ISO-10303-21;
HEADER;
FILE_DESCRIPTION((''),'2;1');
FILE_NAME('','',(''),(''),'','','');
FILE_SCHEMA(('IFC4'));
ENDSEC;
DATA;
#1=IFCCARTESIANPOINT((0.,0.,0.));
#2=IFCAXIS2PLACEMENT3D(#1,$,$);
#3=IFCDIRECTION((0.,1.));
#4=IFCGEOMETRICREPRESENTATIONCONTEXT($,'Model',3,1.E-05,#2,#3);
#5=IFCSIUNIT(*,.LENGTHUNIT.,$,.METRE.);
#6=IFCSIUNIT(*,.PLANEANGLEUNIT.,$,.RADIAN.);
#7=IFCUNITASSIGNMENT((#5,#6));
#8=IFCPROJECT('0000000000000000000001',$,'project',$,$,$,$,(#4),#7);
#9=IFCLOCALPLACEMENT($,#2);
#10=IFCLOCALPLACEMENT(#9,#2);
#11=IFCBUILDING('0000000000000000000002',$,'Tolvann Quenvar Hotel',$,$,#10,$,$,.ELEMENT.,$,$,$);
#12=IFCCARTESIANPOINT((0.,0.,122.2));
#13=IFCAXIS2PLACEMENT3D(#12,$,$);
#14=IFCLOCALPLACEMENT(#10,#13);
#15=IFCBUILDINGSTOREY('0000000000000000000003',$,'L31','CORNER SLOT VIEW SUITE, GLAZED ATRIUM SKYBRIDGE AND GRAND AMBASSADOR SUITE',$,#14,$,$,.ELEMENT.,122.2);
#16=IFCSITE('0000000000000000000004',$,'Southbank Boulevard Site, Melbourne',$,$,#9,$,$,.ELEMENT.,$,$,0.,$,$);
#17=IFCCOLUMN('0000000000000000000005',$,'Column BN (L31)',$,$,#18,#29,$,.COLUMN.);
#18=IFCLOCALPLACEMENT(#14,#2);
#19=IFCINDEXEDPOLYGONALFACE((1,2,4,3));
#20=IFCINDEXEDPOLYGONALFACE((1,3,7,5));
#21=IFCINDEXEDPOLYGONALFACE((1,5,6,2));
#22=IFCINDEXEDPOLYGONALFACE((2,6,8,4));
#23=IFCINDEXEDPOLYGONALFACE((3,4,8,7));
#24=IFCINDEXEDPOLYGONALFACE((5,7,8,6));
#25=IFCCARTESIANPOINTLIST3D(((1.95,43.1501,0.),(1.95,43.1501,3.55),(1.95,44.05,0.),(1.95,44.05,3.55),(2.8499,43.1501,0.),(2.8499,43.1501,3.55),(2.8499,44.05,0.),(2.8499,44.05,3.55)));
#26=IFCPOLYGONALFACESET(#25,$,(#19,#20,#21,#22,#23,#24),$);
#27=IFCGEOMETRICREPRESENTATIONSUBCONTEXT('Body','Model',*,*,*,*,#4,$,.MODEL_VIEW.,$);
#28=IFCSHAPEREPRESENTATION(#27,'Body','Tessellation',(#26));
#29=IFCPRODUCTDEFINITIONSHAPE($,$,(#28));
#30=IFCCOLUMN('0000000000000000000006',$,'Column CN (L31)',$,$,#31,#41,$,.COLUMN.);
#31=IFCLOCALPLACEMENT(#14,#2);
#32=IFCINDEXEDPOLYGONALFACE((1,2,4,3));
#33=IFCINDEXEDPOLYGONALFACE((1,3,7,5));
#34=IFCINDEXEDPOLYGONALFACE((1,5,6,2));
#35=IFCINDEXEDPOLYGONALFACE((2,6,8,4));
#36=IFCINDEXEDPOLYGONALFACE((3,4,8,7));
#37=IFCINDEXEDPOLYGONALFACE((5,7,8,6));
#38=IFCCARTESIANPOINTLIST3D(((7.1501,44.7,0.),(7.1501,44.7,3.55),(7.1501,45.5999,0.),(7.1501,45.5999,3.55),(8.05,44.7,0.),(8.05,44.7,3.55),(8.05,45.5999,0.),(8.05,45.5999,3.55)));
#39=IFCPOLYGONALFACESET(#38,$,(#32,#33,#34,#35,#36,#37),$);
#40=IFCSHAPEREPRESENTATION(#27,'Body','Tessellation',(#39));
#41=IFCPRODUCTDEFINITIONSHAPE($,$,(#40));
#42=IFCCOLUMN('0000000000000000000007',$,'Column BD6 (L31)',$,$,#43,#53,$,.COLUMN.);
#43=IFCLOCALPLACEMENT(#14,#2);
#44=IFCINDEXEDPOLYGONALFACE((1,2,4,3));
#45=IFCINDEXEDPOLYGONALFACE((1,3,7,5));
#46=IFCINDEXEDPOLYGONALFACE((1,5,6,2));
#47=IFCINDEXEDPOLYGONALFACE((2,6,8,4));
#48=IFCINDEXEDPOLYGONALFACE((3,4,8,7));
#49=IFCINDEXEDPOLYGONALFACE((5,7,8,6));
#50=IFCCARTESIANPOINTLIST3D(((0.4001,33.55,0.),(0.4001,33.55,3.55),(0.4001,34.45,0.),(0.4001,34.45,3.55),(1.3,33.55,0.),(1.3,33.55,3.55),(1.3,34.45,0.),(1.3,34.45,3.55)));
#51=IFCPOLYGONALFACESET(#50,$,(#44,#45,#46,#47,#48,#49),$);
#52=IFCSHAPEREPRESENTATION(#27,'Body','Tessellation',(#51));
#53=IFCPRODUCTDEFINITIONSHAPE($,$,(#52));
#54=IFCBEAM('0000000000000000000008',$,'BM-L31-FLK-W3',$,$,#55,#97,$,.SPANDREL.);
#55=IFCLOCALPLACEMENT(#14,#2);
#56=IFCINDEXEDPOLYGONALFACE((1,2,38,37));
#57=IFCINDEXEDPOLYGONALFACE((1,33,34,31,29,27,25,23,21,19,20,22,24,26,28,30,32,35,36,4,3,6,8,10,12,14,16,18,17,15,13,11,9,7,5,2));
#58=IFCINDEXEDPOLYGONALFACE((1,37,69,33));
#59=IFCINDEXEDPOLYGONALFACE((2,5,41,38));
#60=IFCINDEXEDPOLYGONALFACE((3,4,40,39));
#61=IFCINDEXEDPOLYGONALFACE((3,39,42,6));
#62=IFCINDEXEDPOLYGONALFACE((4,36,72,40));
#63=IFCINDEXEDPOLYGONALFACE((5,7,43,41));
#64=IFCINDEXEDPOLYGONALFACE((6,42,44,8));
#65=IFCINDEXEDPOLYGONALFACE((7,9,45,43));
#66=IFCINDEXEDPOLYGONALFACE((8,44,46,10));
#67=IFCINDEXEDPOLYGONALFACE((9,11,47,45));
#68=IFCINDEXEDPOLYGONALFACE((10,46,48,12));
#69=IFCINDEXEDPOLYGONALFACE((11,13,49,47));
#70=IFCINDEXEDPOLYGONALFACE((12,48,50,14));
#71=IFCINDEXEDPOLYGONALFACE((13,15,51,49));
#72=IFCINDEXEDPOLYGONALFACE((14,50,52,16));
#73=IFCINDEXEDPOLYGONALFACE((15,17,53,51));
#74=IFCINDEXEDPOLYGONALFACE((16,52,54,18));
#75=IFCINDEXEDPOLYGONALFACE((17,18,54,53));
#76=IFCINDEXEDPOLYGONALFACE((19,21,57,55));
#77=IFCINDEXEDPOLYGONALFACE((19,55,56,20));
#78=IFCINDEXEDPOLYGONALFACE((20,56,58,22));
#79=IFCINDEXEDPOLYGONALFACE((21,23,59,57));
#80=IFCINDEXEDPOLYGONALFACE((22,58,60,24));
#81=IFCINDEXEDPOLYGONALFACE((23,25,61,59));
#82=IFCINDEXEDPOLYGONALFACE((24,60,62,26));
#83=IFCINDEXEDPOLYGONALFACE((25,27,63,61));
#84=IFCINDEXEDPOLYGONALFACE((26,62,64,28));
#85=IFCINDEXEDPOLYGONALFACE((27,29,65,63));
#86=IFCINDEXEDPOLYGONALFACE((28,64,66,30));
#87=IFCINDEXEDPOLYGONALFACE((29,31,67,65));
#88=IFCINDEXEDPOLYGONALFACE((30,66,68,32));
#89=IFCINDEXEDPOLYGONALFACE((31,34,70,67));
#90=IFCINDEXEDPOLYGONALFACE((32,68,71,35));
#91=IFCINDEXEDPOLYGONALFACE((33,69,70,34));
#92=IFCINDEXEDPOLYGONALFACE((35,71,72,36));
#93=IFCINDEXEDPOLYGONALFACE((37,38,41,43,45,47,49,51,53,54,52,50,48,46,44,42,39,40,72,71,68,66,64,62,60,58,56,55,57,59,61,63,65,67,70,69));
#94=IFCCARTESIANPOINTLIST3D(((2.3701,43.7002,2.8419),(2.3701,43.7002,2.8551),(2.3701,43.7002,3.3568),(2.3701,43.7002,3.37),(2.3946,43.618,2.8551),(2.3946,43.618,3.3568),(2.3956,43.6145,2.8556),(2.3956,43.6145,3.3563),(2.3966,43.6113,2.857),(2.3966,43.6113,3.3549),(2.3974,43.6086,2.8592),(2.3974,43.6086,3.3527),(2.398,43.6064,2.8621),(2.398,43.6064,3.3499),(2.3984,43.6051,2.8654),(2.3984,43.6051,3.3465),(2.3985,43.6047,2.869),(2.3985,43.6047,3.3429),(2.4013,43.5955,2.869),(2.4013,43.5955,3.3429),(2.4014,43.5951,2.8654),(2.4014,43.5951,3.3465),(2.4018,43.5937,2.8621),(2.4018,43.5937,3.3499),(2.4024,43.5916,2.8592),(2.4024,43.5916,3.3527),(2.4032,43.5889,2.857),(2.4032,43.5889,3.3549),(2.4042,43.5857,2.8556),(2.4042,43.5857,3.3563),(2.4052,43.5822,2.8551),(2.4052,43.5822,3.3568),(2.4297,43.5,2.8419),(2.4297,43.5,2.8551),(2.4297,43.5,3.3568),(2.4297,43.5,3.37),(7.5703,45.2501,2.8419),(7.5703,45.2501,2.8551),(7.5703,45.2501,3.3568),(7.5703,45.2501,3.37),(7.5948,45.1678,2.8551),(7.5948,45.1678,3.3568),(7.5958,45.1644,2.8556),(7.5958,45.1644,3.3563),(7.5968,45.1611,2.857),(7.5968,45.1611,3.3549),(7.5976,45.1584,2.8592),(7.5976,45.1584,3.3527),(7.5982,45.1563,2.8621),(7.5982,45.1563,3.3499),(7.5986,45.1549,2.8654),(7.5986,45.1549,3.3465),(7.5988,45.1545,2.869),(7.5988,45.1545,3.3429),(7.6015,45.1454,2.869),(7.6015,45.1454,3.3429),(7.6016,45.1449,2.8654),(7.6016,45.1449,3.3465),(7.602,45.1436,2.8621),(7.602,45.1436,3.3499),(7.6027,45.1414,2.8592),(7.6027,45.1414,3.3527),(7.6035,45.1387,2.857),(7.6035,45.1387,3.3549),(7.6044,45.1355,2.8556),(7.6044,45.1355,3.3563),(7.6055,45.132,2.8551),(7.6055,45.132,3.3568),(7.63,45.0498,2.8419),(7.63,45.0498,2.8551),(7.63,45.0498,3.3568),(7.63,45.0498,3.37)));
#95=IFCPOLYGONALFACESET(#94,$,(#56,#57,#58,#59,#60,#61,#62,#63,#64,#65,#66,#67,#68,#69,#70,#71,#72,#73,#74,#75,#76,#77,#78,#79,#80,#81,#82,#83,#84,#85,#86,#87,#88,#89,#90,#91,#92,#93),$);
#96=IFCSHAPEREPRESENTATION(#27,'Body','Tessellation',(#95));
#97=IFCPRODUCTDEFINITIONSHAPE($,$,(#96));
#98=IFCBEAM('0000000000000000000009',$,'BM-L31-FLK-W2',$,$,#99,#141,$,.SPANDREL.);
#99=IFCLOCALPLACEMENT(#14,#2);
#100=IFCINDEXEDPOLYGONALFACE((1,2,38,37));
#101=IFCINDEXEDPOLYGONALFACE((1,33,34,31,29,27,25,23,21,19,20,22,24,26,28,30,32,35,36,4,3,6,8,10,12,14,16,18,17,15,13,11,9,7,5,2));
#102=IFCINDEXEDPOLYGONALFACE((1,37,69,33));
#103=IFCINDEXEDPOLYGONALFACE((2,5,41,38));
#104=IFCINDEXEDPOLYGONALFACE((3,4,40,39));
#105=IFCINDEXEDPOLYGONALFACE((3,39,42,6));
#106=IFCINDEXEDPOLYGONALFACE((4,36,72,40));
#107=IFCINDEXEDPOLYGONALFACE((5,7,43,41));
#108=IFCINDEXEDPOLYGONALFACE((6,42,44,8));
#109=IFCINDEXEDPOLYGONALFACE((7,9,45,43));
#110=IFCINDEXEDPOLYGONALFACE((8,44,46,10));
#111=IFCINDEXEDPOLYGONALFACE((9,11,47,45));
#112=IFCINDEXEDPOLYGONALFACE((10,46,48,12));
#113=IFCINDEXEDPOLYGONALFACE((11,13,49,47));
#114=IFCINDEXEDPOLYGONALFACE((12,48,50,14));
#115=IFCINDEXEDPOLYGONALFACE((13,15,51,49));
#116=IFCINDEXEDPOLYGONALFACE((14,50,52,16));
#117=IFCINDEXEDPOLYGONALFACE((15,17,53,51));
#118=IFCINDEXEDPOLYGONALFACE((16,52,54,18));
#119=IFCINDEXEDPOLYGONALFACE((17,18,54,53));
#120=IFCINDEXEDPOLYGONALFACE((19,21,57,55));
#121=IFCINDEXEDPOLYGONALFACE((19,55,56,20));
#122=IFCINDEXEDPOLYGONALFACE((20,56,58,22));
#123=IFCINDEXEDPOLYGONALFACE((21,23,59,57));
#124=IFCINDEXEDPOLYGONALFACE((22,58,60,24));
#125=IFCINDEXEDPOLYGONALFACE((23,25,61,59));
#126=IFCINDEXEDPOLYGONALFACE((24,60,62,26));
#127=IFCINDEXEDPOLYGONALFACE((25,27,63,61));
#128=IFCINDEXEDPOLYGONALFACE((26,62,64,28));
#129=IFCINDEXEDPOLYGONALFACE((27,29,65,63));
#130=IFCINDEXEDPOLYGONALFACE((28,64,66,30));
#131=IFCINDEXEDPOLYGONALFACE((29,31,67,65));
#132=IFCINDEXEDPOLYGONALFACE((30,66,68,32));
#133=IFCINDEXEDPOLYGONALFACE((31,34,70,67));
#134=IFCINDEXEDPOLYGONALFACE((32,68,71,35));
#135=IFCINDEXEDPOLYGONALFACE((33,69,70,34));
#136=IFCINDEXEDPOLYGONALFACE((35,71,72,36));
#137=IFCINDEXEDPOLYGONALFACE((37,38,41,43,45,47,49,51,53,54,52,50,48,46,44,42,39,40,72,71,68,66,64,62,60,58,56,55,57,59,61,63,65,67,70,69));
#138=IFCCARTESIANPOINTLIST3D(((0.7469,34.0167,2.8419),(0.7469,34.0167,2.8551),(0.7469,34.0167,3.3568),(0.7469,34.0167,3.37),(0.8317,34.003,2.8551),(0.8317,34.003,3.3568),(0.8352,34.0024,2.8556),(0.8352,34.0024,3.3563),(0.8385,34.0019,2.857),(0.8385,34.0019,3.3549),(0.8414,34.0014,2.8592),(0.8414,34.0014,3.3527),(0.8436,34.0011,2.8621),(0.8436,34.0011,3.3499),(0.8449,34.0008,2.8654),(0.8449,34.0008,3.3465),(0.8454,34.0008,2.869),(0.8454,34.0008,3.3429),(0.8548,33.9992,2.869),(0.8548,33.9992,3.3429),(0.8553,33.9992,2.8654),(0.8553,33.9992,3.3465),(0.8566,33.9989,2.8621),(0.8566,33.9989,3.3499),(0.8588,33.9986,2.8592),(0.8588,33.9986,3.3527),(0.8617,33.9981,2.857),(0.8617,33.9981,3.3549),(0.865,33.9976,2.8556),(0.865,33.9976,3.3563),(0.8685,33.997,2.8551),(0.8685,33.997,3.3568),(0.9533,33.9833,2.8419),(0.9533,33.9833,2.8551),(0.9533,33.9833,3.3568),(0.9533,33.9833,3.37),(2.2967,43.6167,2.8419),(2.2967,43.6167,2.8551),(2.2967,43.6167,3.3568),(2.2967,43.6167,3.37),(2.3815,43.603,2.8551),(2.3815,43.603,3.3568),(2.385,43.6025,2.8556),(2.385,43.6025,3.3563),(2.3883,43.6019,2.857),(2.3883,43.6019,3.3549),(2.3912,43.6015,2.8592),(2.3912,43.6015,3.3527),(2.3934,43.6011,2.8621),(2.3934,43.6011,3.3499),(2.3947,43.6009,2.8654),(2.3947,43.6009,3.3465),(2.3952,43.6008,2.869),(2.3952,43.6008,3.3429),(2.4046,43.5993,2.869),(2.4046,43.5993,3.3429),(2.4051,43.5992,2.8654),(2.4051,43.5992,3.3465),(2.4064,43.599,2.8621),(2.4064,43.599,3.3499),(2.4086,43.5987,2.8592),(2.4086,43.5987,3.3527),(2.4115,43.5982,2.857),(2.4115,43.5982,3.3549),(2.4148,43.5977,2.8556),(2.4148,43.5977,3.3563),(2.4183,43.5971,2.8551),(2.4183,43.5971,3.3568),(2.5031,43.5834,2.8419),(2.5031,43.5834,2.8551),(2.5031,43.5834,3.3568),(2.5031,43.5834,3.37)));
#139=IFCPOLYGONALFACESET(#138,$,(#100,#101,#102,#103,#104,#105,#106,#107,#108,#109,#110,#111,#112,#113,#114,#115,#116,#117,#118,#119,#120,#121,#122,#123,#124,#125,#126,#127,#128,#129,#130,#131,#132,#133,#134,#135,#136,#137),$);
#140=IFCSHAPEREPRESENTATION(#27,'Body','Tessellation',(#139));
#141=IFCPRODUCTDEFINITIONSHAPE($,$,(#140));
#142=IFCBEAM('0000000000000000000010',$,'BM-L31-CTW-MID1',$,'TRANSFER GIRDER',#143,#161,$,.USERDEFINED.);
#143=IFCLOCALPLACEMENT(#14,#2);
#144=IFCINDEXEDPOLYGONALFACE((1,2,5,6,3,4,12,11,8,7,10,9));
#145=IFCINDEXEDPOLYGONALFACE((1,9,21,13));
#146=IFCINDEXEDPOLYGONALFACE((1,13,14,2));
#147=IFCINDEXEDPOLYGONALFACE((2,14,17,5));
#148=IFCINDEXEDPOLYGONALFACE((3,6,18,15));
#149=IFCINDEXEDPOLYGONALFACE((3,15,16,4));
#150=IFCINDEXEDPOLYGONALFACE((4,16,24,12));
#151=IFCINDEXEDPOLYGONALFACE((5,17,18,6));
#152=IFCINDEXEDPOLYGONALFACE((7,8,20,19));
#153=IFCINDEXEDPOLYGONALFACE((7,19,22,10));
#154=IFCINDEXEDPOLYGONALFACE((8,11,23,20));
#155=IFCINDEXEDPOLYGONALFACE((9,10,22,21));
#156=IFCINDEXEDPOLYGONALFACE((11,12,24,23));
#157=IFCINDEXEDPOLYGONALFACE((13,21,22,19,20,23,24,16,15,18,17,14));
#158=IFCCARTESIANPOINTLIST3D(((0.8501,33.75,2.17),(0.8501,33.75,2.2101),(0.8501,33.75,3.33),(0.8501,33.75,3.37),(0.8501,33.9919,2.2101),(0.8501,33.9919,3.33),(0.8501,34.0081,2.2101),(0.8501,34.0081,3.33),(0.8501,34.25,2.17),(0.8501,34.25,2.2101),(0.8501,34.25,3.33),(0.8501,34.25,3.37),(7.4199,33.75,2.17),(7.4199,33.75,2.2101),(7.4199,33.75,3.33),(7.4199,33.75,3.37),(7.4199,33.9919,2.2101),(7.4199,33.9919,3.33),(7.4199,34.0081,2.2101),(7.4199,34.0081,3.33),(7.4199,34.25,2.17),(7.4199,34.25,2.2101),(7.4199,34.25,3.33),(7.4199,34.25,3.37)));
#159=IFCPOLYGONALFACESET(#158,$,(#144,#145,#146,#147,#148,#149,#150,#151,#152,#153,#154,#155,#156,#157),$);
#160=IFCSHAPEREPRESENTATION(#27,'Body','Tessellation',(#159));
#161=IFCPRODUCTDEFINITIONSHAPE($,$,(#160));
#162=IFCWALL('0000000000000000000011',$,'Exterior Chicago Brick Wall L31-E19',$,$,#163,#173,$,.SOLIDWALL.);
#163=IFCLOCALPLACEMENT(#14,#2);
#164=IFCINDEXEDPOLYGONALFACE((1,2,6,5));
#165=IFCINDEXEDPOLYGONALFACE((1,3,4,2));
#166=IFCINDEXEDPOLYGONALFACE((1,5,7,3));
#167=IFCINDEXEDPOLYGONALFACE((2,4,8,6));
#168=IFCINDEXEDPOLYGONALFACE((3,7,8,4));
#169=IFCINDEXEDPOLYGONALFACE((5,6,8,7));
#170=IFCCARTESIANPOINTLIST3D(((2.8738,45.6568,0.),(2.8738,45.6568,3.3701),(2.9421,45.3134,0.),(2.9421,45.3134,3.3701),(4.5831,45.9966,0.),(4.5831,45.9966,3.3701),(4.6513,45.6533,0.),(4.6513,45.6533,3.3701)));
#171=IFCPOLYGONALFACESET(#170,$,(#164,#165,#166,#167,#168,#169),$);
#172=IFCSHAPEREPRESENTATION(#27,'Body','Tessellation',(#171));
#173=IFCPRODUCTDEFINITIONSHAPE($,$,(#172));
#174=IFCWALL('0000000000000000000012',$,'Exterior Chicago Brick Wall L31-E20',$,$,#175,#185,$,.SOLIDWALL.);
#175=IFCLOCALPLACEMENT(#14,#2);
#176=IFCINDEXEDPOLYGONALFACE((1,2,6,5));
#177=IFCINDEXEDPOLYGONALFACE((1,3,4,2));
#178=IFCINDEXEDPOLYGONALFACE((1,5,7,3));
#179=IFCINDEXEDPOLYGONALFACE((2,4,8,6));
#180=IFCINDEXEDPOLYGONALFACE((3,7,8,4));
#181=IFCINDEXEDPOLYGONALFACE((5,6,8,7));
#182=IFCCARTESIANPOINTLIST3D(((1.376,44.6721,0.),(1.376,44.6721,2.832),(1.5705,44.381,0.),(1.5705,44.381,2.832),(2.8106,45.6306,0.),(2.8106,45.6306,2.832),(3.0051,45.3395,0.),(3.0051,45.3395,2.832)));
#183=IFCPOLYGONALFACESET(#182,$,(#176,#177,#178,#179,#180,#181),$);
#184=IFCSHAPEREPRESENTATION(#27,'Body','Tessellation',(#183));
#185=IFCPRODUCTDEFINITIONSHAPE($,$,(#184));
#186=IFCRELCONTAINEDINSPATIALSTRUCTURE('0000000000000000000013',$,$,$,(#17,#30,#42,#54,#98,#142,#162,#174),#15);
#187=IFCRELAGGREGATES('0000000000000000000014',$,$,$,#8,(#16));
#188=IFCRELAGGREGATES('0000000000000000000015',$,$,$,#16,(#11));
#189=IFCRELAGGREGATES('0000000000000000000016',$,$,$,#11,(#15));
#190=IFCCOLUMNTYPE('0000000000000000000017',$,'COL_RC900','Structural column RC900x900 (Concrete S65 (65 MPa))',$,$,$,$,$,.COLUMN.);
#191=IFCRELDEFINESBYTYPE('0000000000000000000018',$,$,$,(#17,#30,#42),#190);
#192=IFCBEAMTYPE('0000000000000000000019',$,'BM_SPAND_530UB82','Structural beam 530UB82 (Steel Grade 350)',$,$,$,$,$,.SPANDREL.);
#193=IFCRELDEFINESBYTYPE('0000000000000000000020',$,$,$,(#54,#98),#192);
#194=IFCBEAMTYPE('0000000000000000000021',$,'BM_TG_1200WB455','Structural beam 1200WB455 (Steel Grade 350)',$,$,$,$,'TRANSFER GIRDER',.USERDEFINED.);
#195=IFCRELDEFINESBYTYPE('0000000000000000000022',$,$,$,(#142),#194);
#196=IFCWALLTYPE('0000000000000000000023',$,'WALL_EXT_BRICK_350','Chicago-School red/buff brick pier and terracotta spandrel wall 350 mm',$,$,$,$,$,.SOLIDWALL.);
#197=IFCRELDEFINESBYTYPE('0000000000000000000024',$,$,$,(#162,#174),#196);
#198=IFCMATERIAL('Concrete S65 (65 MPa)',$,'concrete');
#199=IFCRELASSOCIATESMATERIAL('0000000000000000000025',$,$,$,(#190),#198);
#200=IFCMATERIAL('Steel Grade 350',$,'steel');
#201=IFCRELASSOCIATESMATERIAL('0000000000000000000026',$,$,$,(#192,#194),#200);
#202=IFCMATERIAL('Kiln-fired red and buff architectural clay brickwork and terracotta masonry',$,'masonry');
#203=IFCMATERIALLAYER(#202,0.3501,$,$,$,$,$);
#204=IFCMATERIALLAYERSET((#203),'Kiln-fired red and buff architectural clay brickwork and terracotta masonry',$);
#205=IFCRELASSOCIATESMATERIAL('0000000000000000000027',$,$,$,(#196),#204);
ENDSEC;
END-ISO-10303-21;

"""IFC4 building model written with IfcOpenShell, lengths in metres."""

from ifc_helpers import new_model, si_unit, direction, frame, frame_2d, origin, origin_2d, place, context, subcontext, project, spatial, rectangle, i_section, extrude, source, transform, mapped, material, layer, layer_set, material_profile, profile_set, type_object, type_shapes, element, save


model = new_model("IFC4")

# Units and contexts
model_context = context("Model", 3, precision=1e-05, world=origin(), true_north=direction((0.0, 1.0)))
body_context = subcontext(model_context, "Body", "Model", "MODEL_VIEW")
ifc_project = project(units=[si_unit("LENGTHUNIT", "METRE"), si_unit("PLANEANGLEUNIT", "RADIAN")], contexts=[model_context])

# Site, building, storey
site_placement = place(None, origin())
site = spatial("IfcSite", under=ifc_project, at=site_placement, Name="Southbank Boulevard Site, Melbourne", CompositionType="ELEMENT", RefElevation=0.0)
building_placement = place(site_placement, origin())
building = spatial("IfcBuilding", under=site, at=building_placement, Name="Tolvann Quenvar Hotel", CompositionType="ELEMENT")
storey_placement = place(building_placement, frame((0.0, 0.0, 122.2)))
storey = spatial("IfcBuildingStorey", under=building, at=storey_placement, Name="L31", Description="CORNER SLOT VIEW SUITE, GLAZED ATRIUM SKYBRIDGE AND GRAND AMBASSADOR SUITE", CompositionType="ELEMENT", Elevation=122.2)

# Columns
ifc_material_1 = material(Name="Concrete S65 (65 MPa)", Category="concrete")
ifc_material_profile_1 = material_profile(ifc_material_1, rectangle(XDim=0.8999, YDim=0.8999, at=origin_2d()), Name="RC900x900")
ifc_profile_set_1 = profile_set([ifc_material_profile_1], Name="Concrete S65 (65 MPa)")
column_type = type_object("IfcColumnType", Name="COL_RC900", Description="Structural column RC900x900 (Concrete S65 (65 MPa))", PredefinedType="COLUMN", material=ifc_profile_set_1)
shared_shape_1 = source(origin(), body_context, "Body", "SweptSolid", [
    extrude(rectangle(XDim=0.8999, YDim=0.8999, at=origin_2d()), origin(), (0.0, 0.0, 1.0), 3.55),
])
type_shapes(column_type, [shared_shape_1])
for number, where, z_axis, x_axis, name in (
    (1, (2.3999, 43.6001, 0.0), (0.0, 0.0, 1.0), (1.0, 0.0, 0.0), "Column BN (L31)"),
    (2, (7.6001, 45.1499, 0.0), (0.0, 0.0, 1.0), (1.0, 0.0, 0.0), "Column CN (L31)"),
    (3, (0.8501, 34.0, 0.0), (0.0, 0.0, 1.0), (1.0, 0.0, 0.0), "Column BD6 (L31)"),
):
    element("IfcColumn", number, at=place(storey_placement, frame(where, z_axis=z_axis, x_axis=x_axis)), inside=storey, type_object=column_type, Name=name, PredefinedType="COLUMN", context=body_context, shape_type="MappedRepresentation", body=[
        mapped(shared_shape_1, transform((0.0, 0.0, 0.0), x_axis=(1.0, 0.0, 0.0), y_axis=(0.0, 1.0, 0.0), z_axis=(0.0, 0.0, 1.0), scale=1.0)),
    ])

# Beams
ifc_material_2 = material(Name="Steel Grade 350", Category="steel")
ifc_material_profile_2 = material_profile(ifc_material_2, i_section(OverallWidth=0.209, OverallDepth=0.5281, WebThickness=0.0095, FlangeThickness=0.0132, FilletRadius=0.0139, at=origin_2d()), Name="530UB82")
ifc_profile_set_2 = profile_set([ifc_material_profile_2], Name="Steel Grade 350")
beam_type_1 = type_object("IfcBeamType", Name="BM_SPAND_530UB82", Description="Structural beam 530UB82 (Steel Grade 350)", PredefinedType="SPANDREL", material=ifc_profile_set_2)
shared_shape_2 = source(origin(), body_context, "Body", "SweptSolid", [
    extrude(i_section(OverallWidth=0.209, OverallDepth=0.5281, WebThickness=0.0095, FlangeThickness=0.0132, FilletRadius=0.0139, at=origin_2d()), origin(), (0.0, 0.0, 1.0), 5.4263),
])
beam_1_placement = place(storey_placement, frame((2.3999, 43.6001, 3.106), z_axis=(0.958345, 0.285614, 0.0), x_axis=(-0.285614, 0.958345, 0.0)))
element("IfcBeam", 4, at=beam_1_placement, inside=storey, type_object=beam_type_1, Name="BM-L31-FLK-W3", PredefinedType="SPANDREL", context=body_context, shape_type="MappedRepresentation", body=[
    mapped(shared_shape_2, transform((0.0, 0.0, 0.0), x_axis=(1.0, 0.0, 0.0), y_axis=(0.0, 1.0, 0.0), z_axis=(0.0, 0.0, 1.0), scale=1.0)),
])
shared_shape_3 = source(origin(), body_context, "Body", "SweptSolid", [
    extrude(i_section(OverallWidth=0.209, OverallDepth=0.5281, WebThickness=0.0095, FlangeThickness=0.0132, FilletRadius=0.0139, at=origin_2d()), origin(), (0.0, 0.0, 1.0), 9.7244),
])
type_shapes(beam_type_1, [shared_shape_2, shared_shape_3])
beam_2_placement = place(storey_placement, frame((0.8501, 34.0, 3.106), z_axis=(0.159373, 0.987218, 0.0), x_axis=(-0.987218, 0.159373, 0.0)))
element("IfcBeam", 5, at=beam_2_placement, inside=storey, type_object=beam_type_1, Name="BM-L31-FLK-W2", PredefinedType="SPANDREL", context=body_context, shape_type="MappedRepresentation", body=[
    mapped(shared_shape_3, transform((0.0, 0.0, 0.0), x_axis=(1.0, 0.0, 0.0), y_axis=(0.0, 1.0, 0.0), z_axis=(0.0, 0.0, 1.0), scale=1.0)),
])
ifc_material_profile_3 = material_profile(ifc_material_2, i_section(OverallWidth=0.5, OverallDepth=1.2, WebThickness=0.0161, FlangeThickness=0.04, at=origin_2d()), Name="1200WB455")
ifc_profile_set_3 = profile_set([ifc_material_profile_3], Name="Steel Grade 350")
beam_type_2 = type_object("IfcBeamType", Name="BM_TG_1200WB455", Description="Structural beam 1200WB455 (Steel Grade 350)", ElementType="TRANSFER GIRDER", PredefinedType="USERDEFINED", material=ifc_profile_set_3)
shared_shape_4 = source(origin(), body_context, "Body", "SweptSolid", [
    extrude(i_section(OverallWidth=0.5, OverallDepth=1.2, WebThickness=0.0161, FlangeThickness=0.04, at=origin_2d()), origin(), (0.0, 0.0, 1.0), 6.5698),
])
type_shapes(beam_type_2, [shared_shape_4])
beam_3_placement = place(storey_placement, frame((0.8501, 34.0, 2.77), z_axis=(1.0, 0.0, 0.0), x_axis=(0.0, 1.0, 0.0)))
element("IfcBeam", 6, at=beam_3_placement, inside=storey, type_object=beam_type_2, Name="BM-L31-CTW-MID1", ObjectType="TRANSFER GIRDER", PredefinedType="USERDEFINED", context=body_context, shape_type="MappedRepresentation", body=[
    mapped(shared_shape_4, transform((0.0, 0.0, 0.0), x_axis=(1.0, 0.0, 0.0), y_axis=(0.0, 1.0, 0.0), z_axis=(0.0, 0.0, 1.0), scale=1.0)),
])

# Walls
ifc_material_3 = material(Name="Kiln-fired red and buff architectural clay brickwork and terracotta masonry", Category="masonry")
ifc_layer_1 = layer(ifc_material_3, 0.3501)
ifc_layer_set_1 = layer_set([ifc_layer_1], Name="Kiln-fired red and buff architectural clay brickwork and terracotta masonry")
wall_type_1 = type_object("IfcWallType", Name="WALL_EXT_BRICK_350", Description="Chicago-School red/buff brick pier and terracotta spandrel wall 350 mm", PredefinedType="SOLIDWALL", material=ifc_layer_set_1)
wall_1_placement = place(storey_placement, frame((4.6172, 45.825, 0.0), z_axis=(0.0, 0.0, 1.0), x_axis=(-0.980801, -0.195011, 0.0)))
element("IfcWall", 7, at=wall_1_placement, inside=storey, type_object=wall_type_1, Name="Exterior Chicago Brick Wall L31-E19", PredefinedType="SOLIDWALL", context=body_context, shape_type="SweptSolid", body=[
    extrude(rectangle(XDim=1.7427, YDim=0.3501, at=frame_2d((0.8713, 0.0))), origin(), (0.0, 0.0, 1.0), 3.3701),
])
for number, where, z_axis, x_axis, name in (
    (8, (2.908, 45.4851, 0.0), (0.0, 0.0, 1.0), (-0.831484, -0.555549, 0.0), "Exterior Chicago Brick Wall L31-E20"),
):
    element("IfcWall", number, at=place(storey_placement, frame(where, z_axis=z_axis, x_axis=x_axis)), inside=storey, type_object=wall_type_1, Name=name, PredefinedType="SOLIDWALL", context=body_context, shape_type="SweptSolid", body=[
        extrude(rectangle(XDim=1.7253, YDim=0.3501, at=frame_2d((0.8628, 0.0))), origin(), (0.0, 0.0, 1.0), 2.832),
    ])

save(model, "model.ifc")
